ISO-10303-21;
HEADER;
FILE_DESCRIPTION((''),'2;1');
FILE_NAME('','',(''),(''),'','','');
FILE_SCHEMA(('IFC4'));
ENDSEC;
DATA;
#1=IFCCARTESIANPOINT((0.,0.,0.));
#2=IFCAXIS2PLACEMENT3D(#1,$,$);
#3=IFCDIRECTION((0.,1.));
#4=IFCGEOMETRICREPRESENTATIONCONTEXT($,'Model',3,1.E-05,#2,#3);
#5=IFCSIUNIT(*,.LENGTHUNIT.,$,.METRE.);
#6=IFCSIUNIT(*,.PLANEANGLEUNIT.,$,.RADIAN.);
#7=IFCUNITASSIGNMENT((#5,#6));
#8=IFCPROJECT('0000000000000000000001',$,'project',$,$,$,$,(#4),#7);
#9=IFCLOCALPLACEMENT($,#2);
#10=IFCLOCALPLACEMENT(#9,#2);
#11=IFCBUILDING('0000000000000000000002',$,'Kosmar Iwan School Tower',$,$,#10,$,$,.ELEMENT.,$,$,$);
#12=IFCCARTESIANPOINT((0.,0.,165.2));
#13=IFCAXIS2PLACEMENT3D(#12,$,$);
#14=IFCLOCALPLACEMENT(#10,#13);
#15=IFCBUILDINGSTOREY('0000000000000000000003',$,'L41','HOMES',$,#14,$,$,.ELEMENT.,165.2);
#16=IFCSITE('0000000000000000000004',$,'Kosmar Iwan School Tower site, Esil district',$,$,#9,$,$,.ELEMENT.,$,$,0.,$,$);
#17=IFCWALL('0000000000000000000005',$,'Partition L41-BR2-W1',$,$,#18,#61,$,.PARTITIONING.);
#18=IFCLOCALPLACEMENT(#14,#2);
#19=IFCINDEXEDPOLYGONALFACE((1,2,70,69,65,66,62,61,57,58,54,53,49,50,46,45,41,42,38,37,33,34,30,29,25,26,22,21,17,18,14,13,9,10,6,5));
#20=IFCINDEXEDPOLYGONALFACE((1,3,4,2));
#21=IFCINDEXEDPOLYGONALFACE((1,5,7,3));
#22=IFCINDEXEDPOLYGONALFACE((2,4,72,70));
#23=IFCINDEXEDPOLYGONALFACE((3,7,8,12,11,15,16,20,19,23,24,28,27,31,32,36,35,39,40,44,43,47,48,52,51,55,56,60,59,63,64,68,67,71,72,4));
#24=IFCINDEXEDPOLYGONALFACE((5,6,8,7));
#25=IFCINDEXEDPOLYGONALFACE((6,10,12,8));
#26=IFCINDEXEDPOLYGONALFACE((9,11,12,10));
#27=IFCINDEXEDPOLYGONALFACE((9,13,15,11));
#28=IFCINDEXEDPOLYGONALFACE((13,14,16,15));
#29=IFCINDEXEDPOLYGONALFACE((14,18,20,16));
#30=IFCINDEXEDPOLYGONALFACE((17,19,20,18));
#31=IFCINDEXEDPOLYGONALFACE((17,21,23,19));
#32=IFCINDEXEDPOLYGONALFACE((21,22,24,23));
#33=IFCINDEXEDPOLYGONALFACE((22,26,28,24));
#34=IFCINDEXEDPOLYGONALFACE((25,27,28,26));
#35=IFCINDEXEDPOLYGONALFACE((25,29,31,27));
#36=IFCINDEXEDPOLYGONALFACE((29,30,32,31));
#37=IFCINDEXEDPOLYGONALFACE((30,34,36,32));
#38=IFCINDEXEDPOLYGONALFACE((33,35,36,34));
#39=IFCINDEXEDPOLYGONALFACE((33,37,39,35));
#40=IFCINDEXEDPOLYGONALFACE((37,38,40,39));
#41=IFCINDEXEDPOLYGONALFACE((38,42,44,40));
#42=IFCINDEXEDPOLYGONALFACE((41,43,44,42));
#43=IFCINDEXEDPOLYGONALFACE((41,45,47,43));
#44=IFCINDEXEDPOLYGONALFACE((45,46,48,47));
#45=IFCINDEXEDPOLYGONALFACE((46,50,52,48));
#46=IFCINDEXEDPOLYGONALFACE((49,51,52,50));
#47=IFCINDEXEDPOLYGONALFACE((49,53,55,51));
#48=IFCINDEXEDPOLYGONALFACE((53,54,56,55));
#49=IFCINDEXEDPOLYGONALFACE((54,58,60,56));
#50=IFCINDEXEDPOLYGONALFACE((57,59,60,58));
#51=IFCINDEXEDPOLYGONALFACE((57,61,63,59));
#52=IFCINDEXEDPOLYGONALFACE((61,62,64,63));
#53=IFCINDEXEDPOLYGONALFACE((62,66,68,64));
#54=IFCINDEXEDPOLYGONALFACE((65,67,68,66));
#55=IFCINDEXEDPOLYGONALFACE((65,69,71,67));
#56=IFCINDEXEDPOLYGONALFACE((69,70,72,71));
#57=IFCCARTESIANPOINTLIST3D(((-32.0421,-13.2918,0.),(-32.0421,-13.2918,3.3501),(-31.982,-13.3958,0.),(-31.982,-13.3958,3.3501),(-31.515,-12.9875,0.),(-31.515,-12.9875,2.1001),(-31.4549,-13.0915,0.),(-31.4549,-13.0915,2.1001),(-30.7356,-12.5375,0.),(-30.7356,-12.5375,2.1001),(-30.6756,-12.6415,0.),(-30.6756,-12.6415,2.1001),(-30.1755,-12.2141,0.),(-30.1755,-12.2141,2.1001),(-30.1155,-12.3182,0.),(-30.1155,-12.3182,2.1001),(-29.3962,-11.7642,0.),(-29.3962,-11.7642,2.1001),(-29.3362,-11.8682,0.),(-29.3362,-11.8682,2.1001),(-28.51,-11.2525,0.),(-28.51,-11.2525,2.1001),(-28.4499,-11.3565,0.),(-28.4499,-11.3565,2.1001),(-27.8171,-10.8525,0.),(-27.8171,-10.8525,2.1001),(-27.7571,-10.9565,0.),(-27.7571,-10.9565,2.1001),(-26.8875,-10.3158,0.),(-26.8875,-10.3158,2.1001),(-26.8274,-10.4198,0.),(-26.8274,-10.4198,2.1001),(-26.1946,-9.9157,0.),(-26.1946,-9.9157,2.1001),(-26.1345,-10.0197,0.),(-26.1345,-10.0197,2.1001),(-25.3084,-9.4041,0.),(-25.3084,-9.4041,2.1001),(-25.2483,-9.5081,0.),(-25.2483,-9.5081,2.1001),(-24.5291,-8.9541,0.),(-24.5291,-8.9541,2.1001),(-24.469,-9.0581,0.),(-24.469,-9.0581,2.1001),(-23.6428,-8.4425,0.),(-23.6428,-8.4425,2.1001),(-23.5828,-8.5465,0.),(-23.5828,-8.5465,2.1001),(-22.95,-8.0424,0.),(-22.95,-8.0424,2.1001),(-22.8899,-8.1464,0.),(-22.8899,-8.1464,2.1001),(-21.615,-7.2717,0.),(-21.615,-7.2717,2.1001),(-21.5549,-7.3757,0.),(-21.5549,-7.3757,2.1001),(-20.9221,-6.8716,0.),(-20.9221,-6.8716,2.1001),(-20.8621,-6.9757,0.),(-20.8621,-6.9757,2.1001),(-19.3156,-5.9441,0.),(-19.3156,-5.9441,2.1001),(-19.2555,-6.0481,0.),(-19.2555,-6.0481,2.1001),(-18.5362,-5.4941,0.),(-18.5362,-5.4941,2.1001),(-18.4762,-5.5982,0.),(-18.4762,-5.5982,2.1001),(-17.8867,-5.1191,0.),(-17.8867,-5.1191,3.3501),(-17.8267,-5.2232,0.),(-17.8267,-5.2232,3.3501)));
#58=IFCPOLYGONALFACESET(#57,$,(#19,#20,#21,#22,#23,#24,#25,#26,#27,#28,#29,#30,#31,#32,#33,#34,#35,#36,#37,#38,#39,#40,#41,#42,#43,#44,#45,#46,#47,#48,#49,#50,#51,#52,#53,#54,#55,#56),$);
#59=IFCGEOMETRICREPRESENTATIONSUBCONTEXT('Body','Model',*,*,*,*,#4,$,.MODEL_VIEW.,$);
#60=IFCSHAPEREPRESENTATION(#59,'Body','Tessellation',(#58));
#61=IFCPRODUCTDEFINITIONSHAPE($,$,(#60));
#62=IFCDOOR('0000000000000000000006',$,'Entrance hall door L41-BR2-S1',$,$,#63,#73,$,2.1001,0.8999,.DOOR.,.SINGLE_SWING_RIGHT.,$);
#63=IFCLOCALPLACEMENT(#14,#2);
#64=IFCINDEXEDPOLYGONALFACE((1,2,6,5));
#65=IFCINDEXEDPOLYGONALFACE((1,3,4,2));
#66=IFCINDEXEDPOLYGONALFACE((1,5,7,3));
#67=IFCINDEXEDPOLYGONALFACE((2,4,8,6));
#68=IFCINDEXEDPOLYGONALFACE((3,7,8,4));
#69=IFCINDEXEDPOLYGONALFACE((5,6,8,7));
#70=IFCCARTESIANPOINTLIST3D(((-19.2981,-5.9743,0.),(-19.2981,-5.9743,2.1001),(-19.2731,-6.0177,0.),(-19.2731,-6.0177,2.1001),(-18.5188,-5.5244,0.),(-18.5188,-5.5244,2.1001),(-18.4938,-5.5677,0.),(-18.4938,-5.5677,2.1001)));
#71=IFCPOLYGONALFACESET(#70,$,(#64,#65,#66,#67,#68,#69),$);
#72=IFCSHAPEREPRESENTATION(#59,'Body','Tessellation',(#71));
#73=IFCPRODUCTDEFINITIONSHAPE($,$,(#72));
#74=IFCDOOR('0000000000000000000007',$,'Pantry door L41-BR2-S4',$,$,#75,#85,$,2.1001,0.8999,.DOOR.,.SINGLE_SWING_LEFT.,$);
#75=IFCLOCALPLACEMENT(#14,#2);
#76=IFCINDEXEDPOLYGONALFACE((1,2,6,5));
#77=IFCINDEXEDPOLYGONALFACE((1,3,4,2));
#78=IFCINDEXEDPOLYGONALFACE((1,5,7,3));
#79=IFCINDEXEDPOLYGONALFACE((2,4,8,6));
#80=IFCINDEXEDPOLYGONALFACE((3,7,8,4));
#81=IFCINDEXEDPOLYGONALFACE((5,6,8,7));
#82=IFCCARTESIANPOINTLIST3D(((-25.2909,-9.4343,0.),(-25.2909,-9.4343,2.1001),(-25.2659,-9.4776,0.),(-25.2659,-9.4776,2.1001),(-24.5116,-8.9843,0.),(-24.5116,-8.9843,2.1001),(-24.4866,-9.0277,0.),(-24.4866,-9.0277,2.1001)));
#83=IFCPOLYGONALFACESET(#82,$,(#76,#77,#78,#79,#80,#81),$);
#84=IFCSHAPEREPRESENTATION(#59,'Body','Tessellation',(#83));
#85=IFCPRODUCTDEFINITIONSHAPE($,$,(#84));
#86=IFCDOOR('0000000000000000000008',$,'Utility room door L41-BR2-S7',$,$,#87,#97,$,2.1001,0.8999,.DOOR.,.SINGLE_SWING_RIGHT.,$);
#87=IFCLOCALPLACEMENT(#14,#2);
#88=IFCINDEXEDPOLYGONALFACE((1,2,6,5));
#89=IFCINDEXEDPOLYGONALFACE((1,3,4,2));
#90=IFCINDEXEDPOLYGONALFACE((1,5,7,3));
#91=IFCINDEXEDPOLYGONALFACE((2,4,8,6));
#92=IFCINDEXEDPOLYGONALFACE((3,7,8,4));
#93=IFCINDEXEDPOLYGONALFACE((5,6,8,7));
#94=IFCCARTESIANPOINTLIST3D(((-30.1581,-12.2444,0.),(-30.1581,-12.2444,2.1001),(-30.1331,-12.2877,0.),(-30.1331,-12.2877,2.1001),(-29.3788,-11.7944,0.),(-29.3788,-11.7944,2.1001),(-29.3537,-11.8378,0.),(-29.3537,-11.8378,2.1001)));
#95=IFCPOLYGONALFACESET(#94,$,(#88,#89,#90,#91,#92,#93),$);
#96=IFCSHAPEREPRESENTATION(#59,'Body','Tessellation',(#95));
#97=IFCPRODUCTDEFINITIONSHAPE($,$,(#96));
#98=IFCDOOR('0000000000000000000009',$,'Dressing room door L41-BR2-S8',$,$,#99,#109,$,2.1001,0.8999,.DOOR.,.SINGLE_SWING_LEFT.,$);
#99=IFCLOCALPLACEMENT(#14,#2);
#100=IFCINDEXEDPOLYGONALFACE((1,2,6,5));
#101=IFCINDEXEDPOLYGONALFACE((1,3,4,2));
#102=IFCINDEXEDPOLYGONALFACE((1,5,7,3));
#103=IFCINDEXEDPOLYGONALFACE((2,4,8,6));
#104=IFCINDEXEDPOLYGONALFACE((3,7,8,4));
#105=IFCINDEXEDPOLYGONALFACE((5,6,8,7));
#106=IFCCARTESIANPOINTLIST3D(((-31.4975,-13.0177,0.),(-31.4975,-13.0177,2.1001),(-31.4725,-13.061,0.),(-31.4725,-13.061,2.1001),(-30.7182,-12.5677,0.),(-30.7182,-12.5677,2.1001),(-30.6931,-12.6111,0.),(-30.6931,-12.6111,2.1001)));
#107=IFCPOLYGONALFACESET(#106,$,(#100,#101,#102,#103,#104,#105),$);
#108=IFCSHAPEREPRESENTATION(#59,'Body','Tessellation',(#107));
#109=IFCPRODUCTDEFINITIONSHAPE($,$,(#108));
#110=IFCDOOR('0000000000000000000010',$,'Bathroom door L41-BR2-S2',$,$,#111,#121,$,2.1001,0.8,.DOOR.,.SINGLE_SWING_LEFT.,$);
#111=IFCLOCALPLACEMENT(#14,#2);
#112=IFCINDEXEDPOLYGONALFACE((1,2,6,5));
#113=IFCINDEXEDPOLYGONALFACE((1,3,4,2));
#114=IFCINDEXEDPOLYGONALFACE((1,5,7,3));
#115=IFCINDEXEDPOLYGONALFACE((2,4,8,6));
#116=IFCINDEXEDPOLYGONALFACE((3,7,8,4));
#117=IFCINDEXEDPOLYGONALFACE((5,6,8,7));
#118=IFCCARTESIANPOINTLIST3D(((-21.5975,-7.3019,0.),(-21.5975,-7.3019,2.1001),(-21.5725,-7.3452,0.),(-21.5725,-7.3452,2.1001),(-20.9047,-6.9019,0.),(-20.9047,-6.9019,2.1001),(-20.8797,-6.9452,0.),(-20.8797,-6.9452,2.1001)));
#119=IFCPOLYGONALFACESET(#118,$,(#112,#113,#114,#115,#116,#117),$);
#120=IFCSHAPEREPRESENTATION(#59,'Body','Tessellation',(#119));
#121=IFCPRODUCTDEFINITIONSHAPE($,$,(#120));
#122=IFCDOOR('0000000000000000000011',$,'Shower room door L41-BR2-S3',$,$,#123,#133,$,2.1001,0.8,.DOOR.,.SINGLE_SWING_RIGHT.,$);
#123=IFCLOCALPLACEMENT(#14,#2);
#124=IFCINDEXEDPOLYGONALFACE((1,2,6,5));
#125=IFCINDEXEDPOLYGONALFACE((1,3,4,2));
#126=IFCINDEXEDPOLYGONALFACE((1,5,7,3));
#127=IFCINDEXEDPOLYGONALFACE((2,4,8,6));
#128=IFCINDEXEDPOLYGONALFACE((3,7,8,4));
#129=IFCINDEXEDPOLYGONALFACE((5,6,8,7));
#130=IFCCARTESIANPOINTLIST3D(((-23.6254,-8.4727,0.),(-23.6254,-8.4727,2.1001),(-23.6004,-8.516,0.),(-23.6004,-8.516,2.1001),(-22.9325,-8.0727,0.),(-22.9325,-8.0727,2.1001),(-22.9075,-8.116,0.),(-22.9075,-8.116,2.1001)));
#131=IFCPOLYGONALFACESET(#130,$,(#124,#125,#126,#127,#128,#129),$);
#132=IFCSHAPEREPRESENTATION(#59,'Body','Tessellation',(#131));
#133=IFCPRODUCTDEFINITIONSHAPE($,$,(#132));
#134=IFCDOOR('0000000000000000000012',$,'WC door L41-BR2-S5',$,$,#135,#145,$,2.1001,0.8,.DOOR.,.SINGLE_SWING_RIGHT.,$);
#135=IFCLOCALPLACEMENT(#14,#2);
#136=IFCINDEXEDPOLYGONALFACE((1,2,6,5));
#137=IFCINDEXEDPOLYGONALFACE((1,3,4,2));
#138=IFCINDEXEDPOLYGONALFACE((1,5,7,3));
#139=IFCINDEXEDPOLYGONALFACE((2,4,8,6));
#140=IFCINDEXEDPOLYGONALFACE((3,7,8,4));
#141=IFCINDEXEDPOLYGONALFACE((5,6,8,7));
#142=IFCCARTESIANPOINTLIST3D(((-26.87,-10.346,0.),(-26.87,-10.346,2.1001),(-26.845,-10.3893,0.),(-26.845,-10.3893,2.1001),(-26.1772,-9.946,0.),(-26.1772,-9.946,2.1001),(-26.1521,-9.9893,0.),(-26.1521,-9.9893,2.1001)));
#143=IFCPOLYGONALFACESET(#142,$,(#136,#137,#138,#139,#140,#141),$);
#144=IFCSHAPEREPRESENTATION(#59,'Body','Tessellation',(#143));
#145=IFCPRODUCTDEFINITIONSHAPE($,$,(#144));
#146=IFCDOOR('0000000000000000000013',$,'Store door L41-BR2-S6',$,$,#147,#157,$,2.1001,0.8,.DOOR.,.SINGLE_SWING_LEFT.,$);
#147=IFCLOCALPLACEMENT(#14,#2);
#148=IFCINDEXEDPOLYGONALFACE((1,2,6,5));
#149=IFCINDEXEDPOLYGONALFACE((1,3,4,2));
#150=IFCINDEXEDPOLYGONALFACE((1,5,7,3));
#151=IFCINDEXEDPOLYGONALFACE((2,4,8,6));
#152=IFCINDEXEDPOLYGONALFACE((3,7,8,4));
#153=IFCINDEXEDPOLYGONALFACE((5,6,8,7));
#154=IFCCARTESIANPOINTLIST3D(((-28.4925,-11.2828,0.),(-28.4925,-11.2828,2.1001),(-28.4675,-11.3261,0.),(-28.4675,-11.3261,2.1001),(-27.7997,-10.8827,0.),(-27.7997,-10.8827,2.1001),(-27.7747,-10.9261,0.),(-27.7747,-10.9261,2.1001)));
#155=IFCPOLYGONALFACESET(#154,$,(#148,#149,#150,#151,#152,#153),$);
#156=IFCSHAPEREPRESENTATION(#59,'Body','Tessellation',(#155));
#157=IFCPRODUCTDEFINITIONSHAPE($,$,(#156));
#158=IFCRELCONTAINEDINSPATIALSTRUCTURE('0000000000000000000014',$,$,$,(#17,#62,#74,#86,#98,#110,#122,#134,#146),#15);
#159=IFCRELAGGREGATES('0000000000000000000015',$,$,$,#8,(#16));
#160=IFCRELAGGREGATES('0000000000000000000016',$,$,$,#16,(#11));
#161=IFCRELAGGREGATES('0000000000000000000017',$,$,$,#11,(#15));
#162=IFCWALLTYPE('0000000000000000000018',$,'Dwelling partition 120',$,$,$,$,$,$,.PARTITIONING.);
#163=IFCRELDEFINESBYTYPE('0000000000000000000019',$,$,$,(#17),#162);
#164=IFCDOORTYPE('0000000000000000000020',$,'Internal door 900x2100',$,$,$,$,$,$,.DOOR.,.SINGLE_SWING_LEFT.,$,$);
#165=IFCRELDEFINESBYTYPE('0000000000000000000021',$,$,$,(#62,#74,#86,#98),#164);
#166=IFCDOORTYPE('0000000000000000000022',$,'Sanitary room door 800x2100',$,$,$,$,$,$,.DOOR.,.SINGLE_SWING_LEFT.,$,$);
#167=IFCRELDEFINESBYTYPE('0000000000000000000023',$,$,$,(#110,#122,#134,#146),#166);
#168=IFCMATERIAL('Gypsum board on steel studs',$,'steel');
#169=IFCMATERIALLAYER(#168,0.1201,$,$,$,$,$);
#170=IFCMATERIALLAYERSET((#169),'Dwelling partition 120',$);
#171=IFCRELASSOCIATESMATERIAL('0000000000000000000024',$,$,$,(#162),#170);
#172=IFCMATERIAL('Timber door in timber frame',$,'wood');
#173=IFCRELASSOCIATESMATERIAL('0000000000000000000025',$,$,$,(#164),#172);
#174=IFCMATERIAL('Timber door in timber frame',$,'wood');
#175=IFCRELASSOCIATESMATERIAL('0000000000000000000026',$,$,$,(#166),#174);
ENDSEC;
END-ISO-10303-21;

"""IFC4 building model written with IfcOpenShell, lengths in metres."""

from ifc_helpers import new_model, si_unit, direction, frame, frame_2d, origin, place, context, subcontext, project, spatial, rectangle, extrude, material, layer, layer_set, type_object, element, fill, save


model = new_model("IFC4")

# Units and contexts
model_context = context("Model", 3, precision=1e-05, world=origin(), true_north=direction((0.0, 1.0)))
body_context = subcontext(model_context, "Body", "Model", "MODEL_VIEW")
ifc_project = project(units=[si_unit("LENGTHUNIT", "METRE"), si_unit("PLANEANGLEUNIT", "RADIAN")], contexts=[model_context])

# Site, building, storey
site_placement = place(None, origin())
site = spatial("IfcSite", under=ifc_project, at=site_placement, Name="Kosmar Iwan School Tower site, Esil district", CompositionType="ELEMENT", RefElevation=0.0)
building_placement = place(site_placement, origin())
building = spatial("IfcBuilding", under=site, at=building_placement, Name="Kosmar Iwan School Tower", CompositionType="ELEMENT")
storey_placement = place(building_placement, frame((0.0, 0.0, 165.2)))
storey = spatial("IfcBuildingStorey", under=building, at=storey_placement, Name="L41", Description="HOMES", CompositionType="ELEMENT", Elevation=165.2)

# Shared definitions
ifc_material_1 = material(Name="Gypsum board on steel studs", Category="steel")
ifc_layer = layer(ifc_material_1, 0.1201)
ifc_layer_set = layer_set([ifc_layer], Name="Dwelling partition 120")
wall_type = type_object("IfcWallType", Name="Dwelling partition 120", PredefinedType="PARTITIONING", material=ifc_layer_set)

# Wall, openings, doors
wall_1_placement = place(storey_placement, frame((-17.8567, -5.1711, 0.0), z_axis=(0.0, 0.0, 1.0), x_axis=(-0.866024, -0.500003, 0.0)))
wall_1 = element("IfcWall", 1, at=wall_1_placement, inside=storey, type_object=wall_type, Name="Partition L41-BR2-W1", PredefinedType="PARTITIONING", context=body_context, shape_type="SweptSolid", body=[
    extrude(rectangle(XDim=16.3452, YDim=0.1201, at=frame_2d((8.1726, 0.0))), origin(), (0.0, 0.0, 1.0), 3.3501),
])
opening_1_placement = place(wall_1_placement, frame((0.75, 0.0, 0.0)))
opening_1 = element("IfcOpeningElement", 2, at=opening_1_placement, cuts=wall_1, PredefinedType="OPENING", context=body_context, shape_type="SweptSolid", body=[
    extrude(rectangle(XDim=0.8999, YDim=2.1001, at=frame_2d((0.45, 1.05))), frame((0.0, 0.072, 0.0), z_axis=(0.0, -1.0, 0.0), x_axis=(1.0, 0.0, 0.0)), (0.0, 0.0, 1.0), 0.144),
])
opening_2_placement = place(wall_1_placement, frame((3.5051, 0.0, 0.0)))
opening_2 = element("IfcOpeningElement", 3, at=opening_2_placement, cuts=wall_1, PredefinedType="OPENING", context=body_context, shape_type="SweptSolid", body=[
    extrude(rectangle(XDim=0.8, YDim=2.1001, at=frame_2d((0.3999, 1.05))), frame((0.0, 0.072, 0.0), z_axis=(0.0, -1.0, 0.0), x_axis=(1.0, 0.0, 0.0)), (0.0, 0.0, 1.0), 0.144),
])
opening_3_placement = place(wall_1_placement, frame((5.8467, 0.0, 0.0)))
opening_3 = element("IfcOpeningElement", 4, at=opening_3_placement, cuts=wall_1, PredefinedType="OPENING", context=body_context, shape_type="SweptSolid", body=[
    extrude(rectangle(XDim=0.8, YDim=2.1001, at=frame_2d((0.3999, 1.05))), frame((0.0, 0.072, 0.0), z_axis=(0.0, -1.0, 0.0), x_axis=(1.0, 0.0, 0.0)), (0.0, 0.0, 1.0), 0.144),
])
opening_4_placement = place(wall_1_placement, frame((7.6699, 0.0, 0.0)))
opening_4 = element("IfcOpeningElement", 5, at=opening_4_placement, cuts=wall_1, PredefinedType="OPENING", context=body_context, shape_type="SweptSolid", body=[
    extrude(rectangle(XDim=0.8999, YDim=2.1001, at=frame_2d((0.45, 1.05))), frame((0.0, 0.072, 0.0), z_axis=(0.0, -1.0, 0.0), x_axis=(1.0, 0.0, 0.0)), (0.0, 0.0, 1.0), 0.144),
])
opening_5_placement = place(wall_1_placement, frame((9.5933, 0.0, 0.0)))
opening_5 = element("IfcOpeningElement", 6, at=opening_5_placement, cuts=wall_1, PredefinedType="OPENING", context=body_context, shape_type="SweptSolid", body=[
    extrude(rectangle(XDim=0.8, YDim=2.1001, at=frame_2d((0.3999, 1.05))), frame((0.0, 0.072, 0.0), z_axis=(0.0, -1.0, 0.0), x_axis=(1.0, 0.0, 0.0)), (0.0, 0.0, 1.0), 0.144),
])
opening_6_placement = place(wall_1_placement, frame((11.4668, 0.0, 0.0)))
opening_6 = element("IfcOpeningElement", 7, at=opening_6_placement, cuts=wall_1, PredefinedType="OPENING", context=body_context, shape_type="SweptSolid", body=[
    extrude(rectangle(XDim=0.8, YDim=2.1001, at=frame_2d((0.3999, 1.05))), frame((0.0, 0.072, 0.0), z_axis=(0.0, -1.0, 0.0), x_axis=(1.0, 0.0, 0.0)), (0.0, 0.0, 1.0), 0.144),
])
opening_7_placement = place(wall_1_placement, frame((13.29, 0.0, 0.0)))
opening_7 = element("IfcOpeningElement", 8, at=opening_7_placement, cuts=wall_1, PredefinedType="OPENING", context=body_context, shape_type="SweptSolid", body=[
    extrude(rectangle(XDim=0.8999, YDim=2.1001, at=frame_2d((0.45, 1.05))), frame((0.0, 0.072, 0.0), z_axis=(0.0, -1.0, 0.0), x_axis=(1.0, 0.0, 0.0)), (0.0, 0.0, 1.0), 0.144),
])
opening_8_placement = place(wall_1_placement, frame((14.8367, 0.0, 0.0)))
opening_8 = element("IfcOpeningElement", 9, at=opening_8_placement, cuts=wall_1, PredefinedType="OPENING", context=body_context, shape_type="SweptSolid", body=[
    extrude(rectangle(XDim=0.8999, YDim=2.1001, at=frame_2d((0.45, 1.05))), frame((0.0, 0.072, 0.0), z_axis=(0.0, -1.0, 0.0), x_axis=(1.0, 0.0, 0.0)), (0.0, 0.0, 1.0), 0.144),
])
ifc_material_2 = material(Name="Timber door in timber frame", Category="wood")
door_type_1 = type_object("IfcDoorType", Name="Internal door 900x2100", OperationType="SINGLE_SWING_LEFT", PredefinedType="DOOR", material=ifc_material_2)
door_1_placement = place(opening_1_placement, origin())
door_1 = element("IfcDoor", 10, at=door_1_placement, inside=storey, type_object=door_type_1, Name="Entrance hall door L41-BR2-S1", OperationType="SINGLE_SWING_RIGHT", OverallHeight=2.1001, OverallWidth=0.8999, PredefinedType="DOOR", context=body_context, shape_type="SweptSolid", body=[
    extrude(rectangle(XDim=0.8999, YDim=2.1001, at=frame_2d((0.45, 1.05))), frame((0.0, 0.0249, 0.0), z_axis=(0.0, -1.0, 0.0), x_axis=(1.0, 0.0, 0.0)), (0.0, 0.0, 1.0), 0.05),
])
fill(opening_1, door_1)
door_2_placement = place(opening_4_placement, origin())
door_2 = element("IfcDoor", 11, at=door_2_placement, inside=storey, type_object=door_type_1, Name="Pantry door L41-BR2-S4", OperationType="SINGLE_SWING_LEFT", OverallHeight=2.1001, OverallWidth=0.8999, PredefinedType="DOOR", context=body_context, shape_type="SweptSolid", body=[
    extrude(rectangle(XDim=0.8999, YDim=2.1001, at=frame_2d((0.45, 1.05))), frame((0.0, 0.0249, 0.0), z_axis=(0.0, -1.0, 0.0), x_axis=(1.0, 0.0, 0.0)), (0.0, 0.0, 1.0), 0.05),
])
fill(opening_4, door_2)
door_3_placement = place(opening_7_placement, origin())
door_3 = element("IfcDoor", 12, at=door_3_placement, inside=storey, type_object=door_type_1, Name="Utility room door L41-BR2-S7", OperationType="SINGLE_SWING_RIGHT", OverallHeight=2.1001, OverallWidth=0.8999, PredefinedType="DOOR", context=body_context, shape_type="SweptSolid", body=[
    extrude(rectangle(XDim=0.8999, YDim=2.1001, at=frame_2d((0.45, 1.05))), frame((0.0, 0.0249, 0.0), z_axis=(0.0, -1.0, 0.0), x_axis=(1.0, 0.0, 0.0)), (0.0, 0.0, 1.0), 0.05),
])
fill(opening_7, door_3)
door_4_placement = place(opening_8_placement, origin())
door_4 = element("IfcDoor", 13, at=door_4_placement, inside=storey, type_object=door_type_1, Name="Dressing room door L41-BR2-S8", OperationType="SINGLE_SWING_LEFT", OverallHeight=2.1001, OverallWidth=0.8999, PredefinedType="DOOR", context=body_context, shape_type="SweptSolid", body=[
    extrude(rectangle(XDim=0.8999, YDim=2.1001, at=frame_2d((0.45, 1.05))), frame((0.0, 0.0249, 0.0), z_axis=(0.0, -1.0, 0.0), x_axis=(1.0, 0.0, 0.0)), (0.0, 0.0, 1.0), 0.05),
])
fill(opening_8, door_4)
ifc_material_3 = material(Name="Timber door in timber frame", Category="wood")
door_type_2 = type_object("IfcDoorType", Name="Sanitary room door 800x2100", OperationType="SINGLE_SWING_LEFT", PredefinedType="DOOR", material=ifc_material_3)
door_5_placement = place(opening_2_placement, origin())
door_5 = element("IfcDoor", 14, at=door_5_placement, inside=storey, type_object=door_type_2, Name="Bathroom door L41-BR2-S2", OperationType="SINGLE_SWING_LEFT", OverallHeight=2.1001, OverallWidth=0.8, PredefinedType="DOOR", context=body_context, shape_type="SweptSolid", body=[
    extrude(rectangle(XDim=0.8, YDim=2.1001, at=frame_2d((0.3999, 1.05))), frame((0.0, 0.0249, 0.0), z_axis=(0.0, -1.0, 0.0), x_axis=(1.0, 0.0, 0.0)), (0.0, 0.0, 1.0), 0.05),
])
fill(opening_2, door_5)
door_6_placement = place(opening_3_placement, origin())
door_6 = element("IfcDoor", 15, at=door_6_placement, inside=storey, type_object=door_type_2, Name="Shower room door L41-BR2-S3", OperationType="SINGLE_SWING_RIGHT", OverallHeight=2.1001, OverallWidth=0.8, PredefinedType="DOOR", context=body_context, shape_type="SweptSolid", body=[
    extrude(rectangle(XDim=0.8, YDim=2.1001, at=frame_2d((0.3999, 1.05))), frame((0.0, 0.0249, 0.0), z_axis=(0.0, -1.0, 0.0), x_axis=(1.0, 0.0, 0.0)), (0.0, 0.0, 1.0), 0.05),
])
fill(opening_3, door_6)
door_7_placement = place(opening_5_placement, origin())
door_7 = element("IfcDoor", 16, at=door_7_placement, inside=storey, type_object=door_type_2, Name="WC door L41-BR2-S5", OperationType="SINGLE_SWING_RIGHT", OverallHeight=2.1001, OverallWidth=0.8, PredefinedType="DOOR", context=body_context, shape_type="SweptSolid", body=[
    extrude(rectangle(XDim=0.8, YDim=2.1001, at=frame_2d((0.3999, 1.05))), frame((0.0, 0.0249, 0.0), z_axis=(0.0, -1.0, 0.0), x_axis=(1.0, 0.0, 0.0)), (0.0, 0.0, 1.0), 0.05),
])
fill(opening_5, door_7)
door_8_placement = place(opening_6_placement, origin())
door_8 = element("IfcDoor", 17, at=door_8_placement, inside=storey, type_object=door_type_2, Name="Store door L41-BR2-S6", OperationType="SINGLE_SWING_LEFT", OverallHeight=2.1001, OverallWidth=0.8, PredefinedType="DOOR", context=body_context, shape_type="SweptSolid", body=[
    extrude(rectangle(XDim=0.8, YDim=2.1001, at=frame_2d((0.3999, 1.05))), frame((0.0, 0.0249, 0.0), z_axis=(0.0, -1.0, 0.0), x_axis=(1.0, 0.0, 0.0)), (0.0, 0.0, 1.0), 0.05),
])
fill(opening_6, door_8)

save(model, "model.ifc")
